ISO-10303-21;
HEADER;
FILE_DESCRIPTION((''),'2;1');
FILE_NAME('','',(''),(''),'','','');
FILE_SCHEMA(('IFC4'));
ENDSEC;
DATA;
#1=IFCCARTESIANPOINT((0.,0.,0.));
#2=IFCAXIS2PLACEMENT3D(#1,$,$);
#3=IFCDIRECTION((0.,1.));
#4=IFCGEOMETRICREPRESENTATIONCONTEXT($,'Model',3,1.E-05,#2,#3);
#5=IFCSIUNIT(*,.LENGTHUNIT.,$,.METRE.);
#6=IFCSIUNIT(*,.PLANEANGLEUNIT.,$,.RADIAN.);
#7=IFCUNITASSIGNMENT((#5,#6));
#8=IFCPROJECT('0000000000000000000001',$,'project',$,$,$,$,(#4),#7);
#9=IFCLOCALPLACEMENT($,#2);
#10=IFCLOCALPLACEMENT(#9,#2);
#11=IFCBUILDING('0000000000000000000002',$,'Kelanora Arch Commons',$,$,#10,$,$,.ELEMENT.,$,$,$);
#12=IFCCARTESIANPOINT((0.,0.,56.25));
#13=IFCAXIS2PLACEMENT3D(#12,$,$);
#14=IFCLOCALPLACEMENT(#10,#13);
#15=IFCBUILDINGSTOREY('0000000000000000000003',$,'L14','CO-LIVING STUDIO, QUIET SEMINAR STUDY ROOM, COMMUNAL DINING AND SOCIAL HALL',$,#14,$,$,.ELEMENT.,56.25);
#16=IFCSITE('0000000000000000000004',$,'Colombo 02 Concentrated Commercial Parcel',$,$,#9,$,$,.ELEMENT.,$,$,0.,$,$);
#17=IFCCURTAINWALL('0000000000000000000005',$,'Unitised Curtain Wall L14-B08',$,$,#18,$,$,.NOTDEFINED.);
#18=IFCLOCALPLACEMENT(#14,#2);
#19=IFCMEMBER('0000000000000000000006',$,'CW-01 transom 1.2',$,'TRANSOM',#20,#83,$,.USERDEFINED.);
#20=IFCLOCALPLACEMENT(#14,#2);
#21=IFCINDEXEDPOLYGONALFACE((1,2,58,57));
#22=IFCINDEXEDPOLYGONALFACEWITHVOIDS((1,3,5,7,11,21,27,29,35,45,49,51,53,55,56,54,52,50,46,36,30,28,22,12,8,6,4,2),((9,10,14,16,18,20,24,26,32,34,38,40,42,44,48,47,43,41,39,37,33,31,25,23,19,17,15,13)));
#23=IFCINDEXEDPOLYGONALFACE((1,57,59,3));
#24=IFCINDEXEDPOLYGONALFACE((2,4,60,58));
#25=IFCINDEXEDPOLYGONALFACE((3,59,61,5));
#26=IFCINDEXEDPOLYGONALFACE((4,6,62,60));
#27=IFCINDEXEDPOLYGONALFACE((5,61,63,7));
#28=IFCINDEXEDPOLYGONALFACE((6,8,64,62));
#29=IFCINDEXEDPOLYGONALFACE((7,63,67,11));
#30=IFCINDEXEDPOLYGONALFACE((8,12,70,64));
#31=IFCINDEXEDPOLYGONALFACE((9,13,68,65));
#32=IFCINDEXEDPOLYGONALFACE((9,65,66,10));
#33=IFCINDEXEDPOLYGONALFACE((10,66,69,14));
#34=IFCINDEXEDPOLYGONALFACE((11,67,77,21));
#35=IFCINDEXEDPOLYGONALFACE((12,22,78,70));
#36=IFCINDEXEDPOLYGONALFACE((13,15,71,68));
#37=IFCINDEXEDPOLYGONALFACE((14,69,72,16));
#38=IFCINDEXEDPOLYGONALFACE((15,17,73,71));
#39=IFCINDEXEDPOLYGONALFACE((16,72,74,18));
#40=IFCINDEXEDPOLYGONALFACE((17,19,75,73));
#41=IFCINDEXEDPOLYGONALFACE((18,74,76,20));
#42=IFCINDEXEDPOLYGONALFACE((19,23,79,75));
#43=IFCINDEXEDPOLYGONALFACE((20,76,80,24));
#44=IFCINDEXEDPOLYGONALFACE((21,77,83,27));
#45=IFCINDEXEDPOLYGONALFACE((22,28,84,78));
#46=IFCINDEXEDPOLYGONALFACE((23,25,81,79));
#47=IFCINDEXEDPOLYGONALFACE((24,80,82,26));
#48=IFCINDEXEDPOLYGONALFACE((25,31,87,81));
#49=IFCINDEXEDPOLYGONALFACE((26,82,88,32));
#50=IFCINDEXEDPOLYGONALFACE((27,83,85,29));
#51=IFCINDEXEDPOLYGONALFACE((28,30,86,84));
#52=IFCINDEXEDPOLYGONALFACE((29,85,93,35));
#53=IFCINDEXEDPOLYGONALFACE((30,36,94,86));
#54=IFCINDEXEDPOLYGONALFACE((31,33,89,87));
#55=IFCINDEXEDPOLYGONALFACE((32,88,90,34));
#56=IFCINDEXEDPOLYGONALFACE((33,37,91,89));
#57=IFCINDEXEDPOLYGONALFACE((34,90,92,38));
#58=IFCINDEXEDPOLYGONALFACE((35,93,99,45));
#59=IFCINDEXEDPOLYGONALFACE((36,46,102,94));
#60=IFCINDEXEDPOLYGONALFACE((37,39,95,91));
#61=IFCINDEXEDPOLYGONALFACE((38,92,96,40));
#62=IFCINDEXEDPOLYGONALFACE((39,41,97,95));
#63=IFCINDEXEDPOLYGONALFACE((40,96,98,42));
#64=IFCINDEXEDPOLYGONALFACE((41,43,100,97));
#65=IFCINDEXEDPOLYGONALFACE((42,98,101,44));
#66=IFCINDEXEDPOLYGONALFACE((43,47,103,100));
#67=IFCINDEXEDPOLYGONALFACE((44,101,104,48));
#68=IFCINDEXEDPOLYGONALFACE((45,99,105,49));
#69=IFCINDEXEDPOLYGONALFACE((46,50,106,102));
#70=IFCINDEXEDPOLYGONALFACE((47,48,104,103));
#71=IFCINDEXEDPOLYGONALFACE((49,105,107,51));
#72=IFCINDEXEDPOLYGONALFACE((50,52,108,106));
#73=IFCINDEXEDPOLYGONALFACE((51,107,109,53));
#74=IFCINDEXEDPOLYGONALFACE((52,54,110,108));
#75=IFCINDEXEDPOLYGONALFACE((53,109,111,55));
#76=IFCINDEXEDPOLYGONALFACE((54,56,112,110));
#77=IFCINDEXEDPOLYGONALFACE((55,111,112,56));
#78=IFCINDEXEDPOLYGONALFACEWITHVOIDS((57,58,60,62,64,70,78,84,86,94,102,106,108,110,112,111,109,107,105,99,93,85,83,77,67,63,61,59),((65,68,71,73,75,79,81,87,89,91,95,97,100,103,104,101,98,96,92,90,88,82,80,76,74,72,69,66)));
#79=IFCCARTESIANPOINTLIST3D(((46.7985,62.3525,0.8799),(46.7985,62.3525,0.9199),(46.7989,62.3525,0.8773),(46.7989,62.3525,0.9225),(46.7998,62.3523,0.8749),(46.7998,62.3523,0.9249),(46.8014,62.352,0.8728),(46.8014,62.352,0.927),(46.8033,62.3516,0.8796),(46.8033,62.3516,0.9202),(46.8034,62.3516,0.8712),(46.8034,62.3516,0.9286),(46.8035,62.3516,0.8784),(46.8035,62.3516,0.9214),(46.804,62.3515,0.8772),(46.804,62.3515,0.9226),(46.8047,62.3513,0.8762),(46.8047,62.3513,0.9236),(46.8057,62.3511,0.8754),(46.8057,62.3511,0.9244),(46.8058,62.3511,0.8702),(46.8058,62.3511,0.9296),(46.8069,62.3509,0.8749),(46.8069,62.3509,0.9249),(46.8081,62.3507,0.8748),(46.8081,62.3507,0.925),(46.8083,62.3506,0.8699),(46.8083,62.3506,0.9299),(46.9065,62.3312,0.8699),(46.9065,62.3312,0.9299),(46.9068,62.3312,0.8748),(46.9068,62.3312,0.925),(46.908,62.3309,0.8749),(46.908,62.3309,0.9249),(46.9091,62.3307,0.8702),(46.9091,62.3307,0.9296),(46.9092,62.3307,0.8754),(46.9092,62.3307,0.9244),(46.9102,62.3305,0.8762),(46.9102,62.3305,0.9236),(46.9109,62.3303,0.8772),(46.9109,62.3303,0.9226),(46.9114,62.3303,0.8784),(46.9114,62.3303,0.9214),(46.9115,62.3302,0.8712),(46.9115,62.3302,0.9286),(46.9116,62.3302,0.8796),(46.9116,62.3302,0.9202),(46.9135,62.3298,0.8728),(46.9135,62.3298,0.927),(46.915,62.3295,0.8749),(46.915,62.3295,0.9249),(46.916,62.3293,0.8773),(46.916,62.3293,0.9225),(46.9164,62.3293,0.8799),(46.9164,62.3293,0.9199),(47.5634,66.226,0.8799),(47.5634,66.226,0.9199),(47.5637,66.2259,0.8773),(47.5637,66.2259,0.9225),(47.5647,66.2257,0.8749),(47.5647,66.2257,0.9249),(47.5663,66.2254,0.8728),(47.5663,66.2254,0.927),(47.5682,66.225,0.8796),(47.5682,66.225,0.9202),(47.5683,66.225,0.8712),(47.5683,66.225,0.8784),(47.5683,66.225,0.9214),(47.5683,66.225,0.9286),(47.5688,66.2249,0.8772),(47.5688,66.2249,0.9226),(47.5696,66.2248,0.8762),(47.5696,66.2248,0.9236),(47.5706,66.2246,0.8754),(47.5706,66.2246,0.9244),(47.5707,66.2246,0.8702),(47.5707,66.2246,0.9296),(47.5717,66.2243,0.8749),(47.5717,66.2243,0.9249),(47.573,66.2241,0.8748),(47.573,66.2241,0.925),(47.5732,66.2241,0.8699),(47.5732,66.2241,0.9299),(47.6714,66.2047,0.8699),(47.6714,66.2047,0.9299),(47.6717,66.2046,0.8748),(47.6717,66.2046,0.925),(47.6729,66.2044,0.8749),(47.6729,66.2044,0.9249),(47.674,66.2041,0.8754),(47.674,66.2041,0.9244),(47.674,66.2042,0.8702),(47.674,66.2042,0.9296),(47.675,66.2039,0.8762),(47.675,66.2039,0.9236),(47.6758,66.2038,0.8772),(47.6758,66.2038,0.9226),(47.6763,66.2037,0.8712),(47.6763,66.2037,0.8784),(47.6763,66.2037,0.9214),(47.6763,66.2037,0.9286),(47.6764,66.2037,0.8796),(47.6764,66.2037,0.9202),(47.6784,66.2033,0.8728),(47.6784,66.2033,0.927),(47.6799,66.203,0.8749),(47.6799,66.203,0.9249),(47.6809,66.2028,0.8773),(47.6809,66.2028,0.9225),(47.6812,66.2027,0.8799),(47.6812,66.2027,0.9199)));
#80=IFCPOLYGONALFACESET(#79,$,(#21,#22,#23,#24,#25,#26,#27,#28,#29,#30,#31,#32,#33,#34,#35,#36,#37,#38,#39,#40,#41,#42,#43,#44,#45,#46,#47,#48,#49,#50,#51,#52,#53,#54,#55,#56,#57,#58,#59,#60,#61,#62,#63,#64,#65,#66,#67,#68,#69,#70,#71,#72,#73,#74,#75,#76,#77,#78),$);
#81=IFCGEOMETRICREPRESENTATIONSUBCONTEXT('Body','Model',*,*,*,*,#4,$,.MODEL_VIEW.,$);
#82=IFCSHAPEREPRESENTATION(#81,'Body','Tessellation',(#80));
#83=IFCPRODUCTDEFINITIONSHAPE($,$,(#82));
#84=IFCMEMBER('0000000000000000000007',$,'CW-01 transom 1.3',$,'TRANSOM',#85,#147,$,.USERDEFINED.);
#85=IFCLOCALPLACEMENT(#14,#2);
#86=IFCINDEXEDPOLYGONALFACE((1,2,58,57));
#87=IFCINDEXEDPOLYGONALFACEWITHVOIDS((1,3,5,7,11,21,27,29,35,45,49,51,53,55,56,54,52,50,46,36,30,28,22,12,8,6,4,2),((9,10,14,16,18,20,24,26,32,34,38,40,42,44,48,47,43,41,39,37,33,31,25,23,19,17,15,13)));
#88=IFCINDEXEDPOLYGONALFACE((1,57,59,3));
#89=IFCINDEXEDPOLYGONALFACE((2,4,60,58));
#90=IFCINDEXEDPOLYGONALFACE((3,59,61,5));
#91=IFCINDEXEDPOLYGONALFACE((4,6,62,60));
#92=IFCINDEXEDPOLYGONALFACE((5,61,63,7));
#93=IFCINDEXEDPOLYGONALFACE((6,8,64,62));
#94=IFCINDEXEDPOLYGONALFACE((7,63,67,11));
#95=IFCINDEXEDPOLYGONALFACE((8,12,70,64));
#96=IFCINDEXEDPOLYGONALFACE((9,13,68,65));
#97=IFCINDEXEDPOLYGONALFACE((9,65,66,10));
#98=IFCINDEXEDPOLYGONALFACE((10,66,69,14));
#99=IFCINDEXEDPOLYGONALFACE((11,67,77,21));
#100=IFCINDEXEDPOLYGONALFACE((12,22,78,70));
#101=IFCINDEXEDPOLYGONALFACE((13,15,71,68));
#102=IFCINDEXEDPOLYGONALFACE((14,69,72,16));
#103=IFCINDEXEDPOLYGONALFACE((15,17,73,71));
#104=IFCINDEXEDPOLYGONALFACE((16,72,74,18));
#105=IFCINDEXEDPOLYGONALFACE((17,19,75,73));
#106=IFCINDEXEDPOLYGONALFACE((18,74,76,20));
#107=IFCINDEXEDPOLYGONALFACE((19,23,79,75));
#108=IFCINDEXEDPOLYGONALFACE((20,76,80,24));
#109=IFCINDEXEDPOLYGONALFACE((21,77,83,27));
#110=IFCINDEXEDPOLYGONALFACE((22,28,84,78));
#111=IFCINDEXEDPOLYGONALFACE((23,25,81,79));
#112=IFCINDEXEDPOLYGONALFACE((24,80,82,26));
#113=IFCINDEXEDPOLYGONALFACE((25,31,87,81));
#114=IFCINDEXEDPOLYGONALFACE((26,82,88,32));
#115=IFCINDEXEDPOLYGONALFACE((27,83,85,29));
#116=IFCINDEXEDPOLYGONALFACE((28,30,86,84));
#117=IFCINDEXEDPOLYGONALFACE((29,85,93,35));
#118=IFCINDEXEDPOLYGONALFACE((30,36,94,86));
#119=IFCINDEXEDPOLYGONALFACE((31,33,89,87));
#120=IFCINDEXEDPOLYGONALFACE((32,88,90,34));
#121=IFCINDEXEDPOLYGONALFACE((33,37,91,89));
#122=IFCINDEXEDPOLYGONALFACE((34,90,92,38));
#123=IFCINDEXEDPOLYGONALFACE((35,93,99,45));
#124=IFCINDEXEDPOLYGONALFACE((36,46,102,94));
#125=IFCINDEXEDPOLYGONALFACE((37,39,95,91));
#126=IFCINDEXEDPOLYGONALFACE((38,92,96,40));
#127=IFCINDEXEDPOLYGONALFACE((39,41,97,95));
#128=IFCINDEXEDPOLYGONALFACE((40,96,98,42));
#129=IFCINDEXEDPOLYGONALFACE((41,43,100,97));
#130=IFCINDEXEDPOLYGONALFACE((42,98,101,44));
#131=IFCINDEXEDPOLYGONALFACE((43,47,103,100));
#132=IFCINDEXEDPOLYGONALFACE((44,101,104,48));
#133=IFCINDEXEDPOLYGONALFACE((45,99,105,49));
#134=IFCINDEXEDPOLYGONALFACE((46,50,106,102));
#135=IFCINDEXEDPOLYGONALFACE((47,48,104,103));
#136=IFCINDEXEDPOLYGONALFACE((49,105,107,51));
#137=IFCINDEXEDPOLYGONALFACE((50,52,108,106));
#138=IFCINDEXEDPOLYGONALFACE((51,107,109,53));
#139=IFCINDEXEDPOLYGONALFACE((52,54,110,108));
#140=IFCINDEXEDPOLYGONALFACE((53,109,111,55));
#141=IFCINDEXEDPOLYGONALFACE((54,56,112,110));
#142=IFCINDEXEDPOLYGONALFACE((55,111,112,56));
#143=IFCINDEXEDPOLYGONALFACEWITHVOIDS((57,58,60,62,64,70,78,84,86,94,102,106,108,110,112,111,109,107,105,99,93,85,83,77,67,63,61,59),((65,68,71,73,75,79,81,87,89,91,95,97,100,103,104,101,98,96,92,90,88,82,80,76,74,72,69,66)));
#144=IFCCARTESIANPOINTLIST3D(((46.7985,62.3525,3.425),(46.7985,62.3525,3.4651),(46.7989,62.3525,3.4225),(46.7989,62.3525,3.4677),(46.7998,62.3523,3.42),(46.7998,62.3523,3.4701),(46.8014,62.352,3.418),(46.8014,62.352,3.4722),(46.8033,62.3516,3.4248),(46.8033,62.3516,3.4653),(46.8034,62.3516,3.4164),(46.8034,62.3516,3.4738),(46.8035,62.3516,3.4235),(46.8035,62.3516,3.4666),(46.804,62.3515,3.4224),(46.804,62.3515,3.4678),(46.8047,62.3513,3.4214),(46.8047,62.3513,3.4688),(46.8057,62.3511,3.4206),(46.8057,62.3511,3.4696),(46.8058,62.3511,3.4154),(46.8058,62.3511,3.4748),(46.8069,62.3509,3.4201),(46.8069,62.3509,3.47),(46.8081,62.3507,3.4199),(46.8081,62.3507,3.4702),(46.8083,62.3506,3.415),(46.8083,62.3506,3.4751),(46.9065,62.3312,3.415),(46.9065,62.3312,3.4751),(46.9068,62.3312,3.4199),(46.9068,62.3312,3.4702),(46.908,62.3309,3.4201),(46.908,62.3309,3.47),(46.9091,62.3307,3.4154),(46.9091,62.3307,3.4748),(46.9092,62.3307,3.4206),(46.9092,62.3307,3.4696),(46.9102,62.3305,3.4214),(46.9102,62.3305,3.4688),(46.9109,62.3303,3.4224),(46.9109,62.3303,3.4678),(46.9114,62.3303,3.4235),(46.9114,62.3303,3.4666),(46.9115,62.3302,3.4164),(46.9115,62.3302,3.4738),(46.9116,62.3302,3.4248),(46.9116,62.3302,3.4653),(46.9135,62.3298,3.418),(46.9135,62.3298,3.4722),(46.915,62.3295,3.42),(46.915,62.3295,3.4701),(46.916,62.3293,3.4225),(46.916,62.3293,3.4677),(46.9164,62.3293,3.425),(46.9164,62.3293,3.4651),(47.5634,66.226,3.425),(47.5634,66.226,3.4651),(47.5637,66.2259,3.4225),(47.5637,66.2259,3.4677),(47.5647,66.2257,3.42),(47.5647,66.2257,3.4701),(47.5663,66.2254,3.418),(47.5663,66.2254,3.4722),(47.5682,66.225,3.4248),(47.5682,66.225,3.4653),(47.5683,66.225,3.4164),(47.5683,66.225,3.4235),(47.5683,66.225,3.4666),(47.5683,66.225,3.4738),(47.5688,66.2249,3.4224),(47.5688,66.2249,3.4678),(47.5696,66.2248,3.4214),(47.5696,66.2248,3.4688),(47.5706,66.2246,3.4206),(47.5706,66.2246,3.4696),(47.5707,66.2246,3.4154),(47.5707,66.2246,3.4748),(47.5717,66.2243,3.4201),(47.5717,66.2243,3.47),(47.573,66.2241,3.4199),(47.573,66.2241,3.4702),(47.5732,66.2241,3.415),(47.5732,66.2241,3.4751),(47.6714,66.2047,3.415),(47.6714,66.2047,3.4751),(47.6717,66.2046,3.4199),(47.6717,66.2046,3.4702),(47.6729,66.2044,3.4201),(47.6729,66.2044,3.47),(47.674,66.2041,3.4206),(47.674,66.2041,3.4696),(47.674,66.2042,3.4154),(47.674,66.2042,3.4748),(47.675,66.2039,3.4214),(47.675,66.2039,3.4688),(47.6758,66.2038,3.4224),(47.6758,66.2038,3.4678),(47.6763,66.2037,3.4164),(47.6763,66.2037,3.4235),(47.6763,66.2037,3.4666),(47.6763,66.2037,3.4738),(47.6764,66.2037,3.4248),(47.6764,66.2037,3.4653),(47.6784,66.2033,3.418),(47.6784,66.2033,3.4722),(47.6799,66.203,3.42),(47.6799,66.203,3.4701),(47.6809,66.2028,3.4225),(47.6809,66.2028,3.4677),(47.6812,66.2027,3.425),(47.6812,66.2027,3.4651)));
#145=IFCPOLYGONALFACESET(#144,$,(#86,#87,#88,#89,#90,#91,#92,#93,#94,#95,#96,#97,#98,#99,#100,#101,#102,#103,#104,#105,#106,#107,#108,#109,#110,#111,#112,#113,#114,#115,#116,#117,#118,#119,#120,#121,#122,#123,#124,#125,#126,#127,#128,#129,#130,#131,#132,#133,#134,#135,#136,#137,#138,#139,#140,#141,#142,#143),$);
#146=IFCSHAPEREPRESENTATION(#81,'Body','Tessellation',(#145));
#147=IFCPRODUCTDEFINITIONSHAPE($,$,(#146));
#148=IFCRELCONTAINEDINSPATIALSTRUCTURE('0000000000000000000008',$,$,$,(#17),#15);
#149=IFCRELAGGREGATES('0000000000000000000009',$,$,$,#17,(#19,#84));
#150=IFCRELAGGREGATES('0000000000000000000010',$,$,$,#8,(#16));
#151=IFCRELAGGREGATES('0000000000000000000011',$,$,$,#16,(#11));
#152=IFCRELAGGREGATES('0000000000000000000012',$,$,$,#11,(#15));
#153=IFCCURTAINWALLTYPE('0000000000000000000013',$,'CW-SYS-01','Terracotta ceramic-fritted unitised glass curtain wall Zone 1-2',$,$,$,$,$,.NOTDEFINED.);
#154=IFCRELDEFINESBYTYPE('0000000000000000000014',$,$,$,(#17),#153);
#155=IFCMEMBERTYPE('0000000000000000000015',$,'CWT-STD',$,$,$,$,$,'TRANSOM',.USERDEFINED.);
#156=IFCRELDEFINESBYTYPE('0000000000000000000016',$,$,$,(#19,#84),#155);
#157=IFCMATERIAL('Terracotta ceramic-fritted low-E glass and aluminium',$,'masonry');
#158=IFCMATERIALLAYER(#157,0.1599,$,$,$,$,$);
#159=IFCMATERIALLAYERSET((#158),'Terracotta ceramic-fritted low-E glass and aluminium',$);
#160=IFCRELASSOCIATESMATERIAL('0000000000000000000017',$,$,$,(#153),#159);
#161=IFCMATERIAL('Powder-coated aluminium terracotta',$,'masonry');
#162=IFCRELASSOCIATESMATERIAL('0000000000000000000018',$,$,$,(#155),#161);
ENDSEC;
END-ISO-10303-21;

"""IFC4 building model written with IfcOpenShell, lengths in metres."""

from ifc_helpers import new_model, si_unit, direction, frame, origin, origin_2d, place, context, subcontext, project, spatial, hollow_rectangle, extrude, material, layer, layer_set, material_profile, profile_set, type_object, element, aggregate, save


model = new_model("IFC4")

# Units and contexts
model_context = context("Model", 3, precision=1e-05, world=origin(), true_north=direction((0.0, 1.0)))
body_context = subcontext(model_context, "Body", "Model", "MODEL_VIEW")
ifc_project = project(units=[si_unit("LENGTHUNIT", "METRE"), si_unit("PLANEANGLEUNIT", "RADIAN")], contexts=[model_context])

# Site, building, storey
site_placement = place(None, origin())
site = spatial("IfcSite", under=ifc_project, at=site_placement, Name="Colombo 02 Concentrated Commercial Parcel", CompositionType="ELEMENT", RefElevation=0.0)
building_placement = place(site_placement, origin())
building = spatial("IfcBuilding", under=site, at=building_placement, Name="Kelanora Arch Commons", CompositionType="ELEMENT")
storey_placement = place(building_placement, frame((0.0, 0.0, 56.25)))
storey = spatial("IfcBuildingStorey", under=building, at=storey_placement, Name="L14", Description="CO-LIVING STUDIO, QUIET SEMINAR STUDY ROOM, COMMUNAL DINING AND SOCIAL HALL", CompositionType="ELEMENT", Elevation=56.25)

# Curtain wall, members
ifc_material_1 = material(Name="Terracotta ceramic-fritted low-E glass and aluminium", Category="masonry")
ifc_layer_1 = layer(ifc_material_1, 0.1599)
ifc_layer_set_1 = layer_set([ifc_layer_1], Name="Terracotta ceramic-fritted low-E glass and aluminium")
curtain_wall_type = type_object("IfcCurtainWallType", Name="CW-SYS-01", Description="Terracotta ceramic-fritted unitised glass curtain wall Zone 1-2", PredefinedType="NOTDEFINED", material=ifc_layer_set_1)
curtain_wall_placement = place(storey_placement, origin())
curtain_wall = element("IfcCurtainWall", 1, at=curtain_wall_placement, inside=storey, type_object=curtain_wall_type, Name="Unitised Curtain Wall L14-B08", PredefinedType="NOTDEFINED")
ifc_material_2 = material(Name="Powder-coated aluminium terracotta", Category="masonry")
ifc_material_profile_1 = material_profile(ifc_material_2, hollow_rectangle(XDim=0.1201, YDim=0.0601, WallThickness=0.0049, InnerFilletRadius=0.0049, OuterFilletRadius=0.01, at=origin_2d()), Name="CWT120x60")
ifc_profile_set_1 = profile_set([ifc_material_profile_1], Name="Powder-coated aluminium terracotta")
member_type_1 = type_object("IfcMemberType", Name="CWT-STD", ElementType="TRANSOM", PredefinedType="USERDEFINED", material=ifc_profile_set_1)
member_1_placement = place(storey_placement, frame((47.6223, 66.2144, 0.8999), z_axis=(-0.193725, -0.981056, 0.0), x_axis=(0.981056, -0.193725, 0.0)))
member_1 = element("IfcMember", 2, at=member_1_placement, type_object=member_type_1, Name="CW-01 transom 1.2", ObjectType="TRANSOM", PredefinedType="USERDEFINED", context=body_context, shape_type="SweptSolid", body=[
    extrude(hollow_rectangle(XDim=0.1201, YDim=0.0601, WallThickness=0.0049, InnerFilletRadius=0.0049, OuterFilletRadius=0.01, at=origin_2d()), origin(), (0.0, 0.0, 1.0), 3.9482),
])
member_2_placement = place(storey_placement, frame((47.6223, 66.2144, 3.4451), z_axis=(-0.193725, -0.981056, 0.0), x_axis=(0.981056, -0.193725, 0.0)))
member_2 = element("IfcMember", 3, at=member_2_placement, type_object=member_type_1, Name="CW-01 transom 1.3", ObjectType="TRANSOM", PredefinedType="USERDEFINED", context=body_context, shape_type="SweptSolid", body=[
    extrude(hollow_rectangle(XDim=0.1201, YDim=0.0601, WallThickness=0.0049, InnerFilletRadius=0.0049, OuterFilletRadius=0.01, at=origin_2d()), origin(), (0.0, 0.0, 1.0), 3.9482),
])
aggregate(curtain_wall, [member_1, member_2])

save(model, "model.ifc")
